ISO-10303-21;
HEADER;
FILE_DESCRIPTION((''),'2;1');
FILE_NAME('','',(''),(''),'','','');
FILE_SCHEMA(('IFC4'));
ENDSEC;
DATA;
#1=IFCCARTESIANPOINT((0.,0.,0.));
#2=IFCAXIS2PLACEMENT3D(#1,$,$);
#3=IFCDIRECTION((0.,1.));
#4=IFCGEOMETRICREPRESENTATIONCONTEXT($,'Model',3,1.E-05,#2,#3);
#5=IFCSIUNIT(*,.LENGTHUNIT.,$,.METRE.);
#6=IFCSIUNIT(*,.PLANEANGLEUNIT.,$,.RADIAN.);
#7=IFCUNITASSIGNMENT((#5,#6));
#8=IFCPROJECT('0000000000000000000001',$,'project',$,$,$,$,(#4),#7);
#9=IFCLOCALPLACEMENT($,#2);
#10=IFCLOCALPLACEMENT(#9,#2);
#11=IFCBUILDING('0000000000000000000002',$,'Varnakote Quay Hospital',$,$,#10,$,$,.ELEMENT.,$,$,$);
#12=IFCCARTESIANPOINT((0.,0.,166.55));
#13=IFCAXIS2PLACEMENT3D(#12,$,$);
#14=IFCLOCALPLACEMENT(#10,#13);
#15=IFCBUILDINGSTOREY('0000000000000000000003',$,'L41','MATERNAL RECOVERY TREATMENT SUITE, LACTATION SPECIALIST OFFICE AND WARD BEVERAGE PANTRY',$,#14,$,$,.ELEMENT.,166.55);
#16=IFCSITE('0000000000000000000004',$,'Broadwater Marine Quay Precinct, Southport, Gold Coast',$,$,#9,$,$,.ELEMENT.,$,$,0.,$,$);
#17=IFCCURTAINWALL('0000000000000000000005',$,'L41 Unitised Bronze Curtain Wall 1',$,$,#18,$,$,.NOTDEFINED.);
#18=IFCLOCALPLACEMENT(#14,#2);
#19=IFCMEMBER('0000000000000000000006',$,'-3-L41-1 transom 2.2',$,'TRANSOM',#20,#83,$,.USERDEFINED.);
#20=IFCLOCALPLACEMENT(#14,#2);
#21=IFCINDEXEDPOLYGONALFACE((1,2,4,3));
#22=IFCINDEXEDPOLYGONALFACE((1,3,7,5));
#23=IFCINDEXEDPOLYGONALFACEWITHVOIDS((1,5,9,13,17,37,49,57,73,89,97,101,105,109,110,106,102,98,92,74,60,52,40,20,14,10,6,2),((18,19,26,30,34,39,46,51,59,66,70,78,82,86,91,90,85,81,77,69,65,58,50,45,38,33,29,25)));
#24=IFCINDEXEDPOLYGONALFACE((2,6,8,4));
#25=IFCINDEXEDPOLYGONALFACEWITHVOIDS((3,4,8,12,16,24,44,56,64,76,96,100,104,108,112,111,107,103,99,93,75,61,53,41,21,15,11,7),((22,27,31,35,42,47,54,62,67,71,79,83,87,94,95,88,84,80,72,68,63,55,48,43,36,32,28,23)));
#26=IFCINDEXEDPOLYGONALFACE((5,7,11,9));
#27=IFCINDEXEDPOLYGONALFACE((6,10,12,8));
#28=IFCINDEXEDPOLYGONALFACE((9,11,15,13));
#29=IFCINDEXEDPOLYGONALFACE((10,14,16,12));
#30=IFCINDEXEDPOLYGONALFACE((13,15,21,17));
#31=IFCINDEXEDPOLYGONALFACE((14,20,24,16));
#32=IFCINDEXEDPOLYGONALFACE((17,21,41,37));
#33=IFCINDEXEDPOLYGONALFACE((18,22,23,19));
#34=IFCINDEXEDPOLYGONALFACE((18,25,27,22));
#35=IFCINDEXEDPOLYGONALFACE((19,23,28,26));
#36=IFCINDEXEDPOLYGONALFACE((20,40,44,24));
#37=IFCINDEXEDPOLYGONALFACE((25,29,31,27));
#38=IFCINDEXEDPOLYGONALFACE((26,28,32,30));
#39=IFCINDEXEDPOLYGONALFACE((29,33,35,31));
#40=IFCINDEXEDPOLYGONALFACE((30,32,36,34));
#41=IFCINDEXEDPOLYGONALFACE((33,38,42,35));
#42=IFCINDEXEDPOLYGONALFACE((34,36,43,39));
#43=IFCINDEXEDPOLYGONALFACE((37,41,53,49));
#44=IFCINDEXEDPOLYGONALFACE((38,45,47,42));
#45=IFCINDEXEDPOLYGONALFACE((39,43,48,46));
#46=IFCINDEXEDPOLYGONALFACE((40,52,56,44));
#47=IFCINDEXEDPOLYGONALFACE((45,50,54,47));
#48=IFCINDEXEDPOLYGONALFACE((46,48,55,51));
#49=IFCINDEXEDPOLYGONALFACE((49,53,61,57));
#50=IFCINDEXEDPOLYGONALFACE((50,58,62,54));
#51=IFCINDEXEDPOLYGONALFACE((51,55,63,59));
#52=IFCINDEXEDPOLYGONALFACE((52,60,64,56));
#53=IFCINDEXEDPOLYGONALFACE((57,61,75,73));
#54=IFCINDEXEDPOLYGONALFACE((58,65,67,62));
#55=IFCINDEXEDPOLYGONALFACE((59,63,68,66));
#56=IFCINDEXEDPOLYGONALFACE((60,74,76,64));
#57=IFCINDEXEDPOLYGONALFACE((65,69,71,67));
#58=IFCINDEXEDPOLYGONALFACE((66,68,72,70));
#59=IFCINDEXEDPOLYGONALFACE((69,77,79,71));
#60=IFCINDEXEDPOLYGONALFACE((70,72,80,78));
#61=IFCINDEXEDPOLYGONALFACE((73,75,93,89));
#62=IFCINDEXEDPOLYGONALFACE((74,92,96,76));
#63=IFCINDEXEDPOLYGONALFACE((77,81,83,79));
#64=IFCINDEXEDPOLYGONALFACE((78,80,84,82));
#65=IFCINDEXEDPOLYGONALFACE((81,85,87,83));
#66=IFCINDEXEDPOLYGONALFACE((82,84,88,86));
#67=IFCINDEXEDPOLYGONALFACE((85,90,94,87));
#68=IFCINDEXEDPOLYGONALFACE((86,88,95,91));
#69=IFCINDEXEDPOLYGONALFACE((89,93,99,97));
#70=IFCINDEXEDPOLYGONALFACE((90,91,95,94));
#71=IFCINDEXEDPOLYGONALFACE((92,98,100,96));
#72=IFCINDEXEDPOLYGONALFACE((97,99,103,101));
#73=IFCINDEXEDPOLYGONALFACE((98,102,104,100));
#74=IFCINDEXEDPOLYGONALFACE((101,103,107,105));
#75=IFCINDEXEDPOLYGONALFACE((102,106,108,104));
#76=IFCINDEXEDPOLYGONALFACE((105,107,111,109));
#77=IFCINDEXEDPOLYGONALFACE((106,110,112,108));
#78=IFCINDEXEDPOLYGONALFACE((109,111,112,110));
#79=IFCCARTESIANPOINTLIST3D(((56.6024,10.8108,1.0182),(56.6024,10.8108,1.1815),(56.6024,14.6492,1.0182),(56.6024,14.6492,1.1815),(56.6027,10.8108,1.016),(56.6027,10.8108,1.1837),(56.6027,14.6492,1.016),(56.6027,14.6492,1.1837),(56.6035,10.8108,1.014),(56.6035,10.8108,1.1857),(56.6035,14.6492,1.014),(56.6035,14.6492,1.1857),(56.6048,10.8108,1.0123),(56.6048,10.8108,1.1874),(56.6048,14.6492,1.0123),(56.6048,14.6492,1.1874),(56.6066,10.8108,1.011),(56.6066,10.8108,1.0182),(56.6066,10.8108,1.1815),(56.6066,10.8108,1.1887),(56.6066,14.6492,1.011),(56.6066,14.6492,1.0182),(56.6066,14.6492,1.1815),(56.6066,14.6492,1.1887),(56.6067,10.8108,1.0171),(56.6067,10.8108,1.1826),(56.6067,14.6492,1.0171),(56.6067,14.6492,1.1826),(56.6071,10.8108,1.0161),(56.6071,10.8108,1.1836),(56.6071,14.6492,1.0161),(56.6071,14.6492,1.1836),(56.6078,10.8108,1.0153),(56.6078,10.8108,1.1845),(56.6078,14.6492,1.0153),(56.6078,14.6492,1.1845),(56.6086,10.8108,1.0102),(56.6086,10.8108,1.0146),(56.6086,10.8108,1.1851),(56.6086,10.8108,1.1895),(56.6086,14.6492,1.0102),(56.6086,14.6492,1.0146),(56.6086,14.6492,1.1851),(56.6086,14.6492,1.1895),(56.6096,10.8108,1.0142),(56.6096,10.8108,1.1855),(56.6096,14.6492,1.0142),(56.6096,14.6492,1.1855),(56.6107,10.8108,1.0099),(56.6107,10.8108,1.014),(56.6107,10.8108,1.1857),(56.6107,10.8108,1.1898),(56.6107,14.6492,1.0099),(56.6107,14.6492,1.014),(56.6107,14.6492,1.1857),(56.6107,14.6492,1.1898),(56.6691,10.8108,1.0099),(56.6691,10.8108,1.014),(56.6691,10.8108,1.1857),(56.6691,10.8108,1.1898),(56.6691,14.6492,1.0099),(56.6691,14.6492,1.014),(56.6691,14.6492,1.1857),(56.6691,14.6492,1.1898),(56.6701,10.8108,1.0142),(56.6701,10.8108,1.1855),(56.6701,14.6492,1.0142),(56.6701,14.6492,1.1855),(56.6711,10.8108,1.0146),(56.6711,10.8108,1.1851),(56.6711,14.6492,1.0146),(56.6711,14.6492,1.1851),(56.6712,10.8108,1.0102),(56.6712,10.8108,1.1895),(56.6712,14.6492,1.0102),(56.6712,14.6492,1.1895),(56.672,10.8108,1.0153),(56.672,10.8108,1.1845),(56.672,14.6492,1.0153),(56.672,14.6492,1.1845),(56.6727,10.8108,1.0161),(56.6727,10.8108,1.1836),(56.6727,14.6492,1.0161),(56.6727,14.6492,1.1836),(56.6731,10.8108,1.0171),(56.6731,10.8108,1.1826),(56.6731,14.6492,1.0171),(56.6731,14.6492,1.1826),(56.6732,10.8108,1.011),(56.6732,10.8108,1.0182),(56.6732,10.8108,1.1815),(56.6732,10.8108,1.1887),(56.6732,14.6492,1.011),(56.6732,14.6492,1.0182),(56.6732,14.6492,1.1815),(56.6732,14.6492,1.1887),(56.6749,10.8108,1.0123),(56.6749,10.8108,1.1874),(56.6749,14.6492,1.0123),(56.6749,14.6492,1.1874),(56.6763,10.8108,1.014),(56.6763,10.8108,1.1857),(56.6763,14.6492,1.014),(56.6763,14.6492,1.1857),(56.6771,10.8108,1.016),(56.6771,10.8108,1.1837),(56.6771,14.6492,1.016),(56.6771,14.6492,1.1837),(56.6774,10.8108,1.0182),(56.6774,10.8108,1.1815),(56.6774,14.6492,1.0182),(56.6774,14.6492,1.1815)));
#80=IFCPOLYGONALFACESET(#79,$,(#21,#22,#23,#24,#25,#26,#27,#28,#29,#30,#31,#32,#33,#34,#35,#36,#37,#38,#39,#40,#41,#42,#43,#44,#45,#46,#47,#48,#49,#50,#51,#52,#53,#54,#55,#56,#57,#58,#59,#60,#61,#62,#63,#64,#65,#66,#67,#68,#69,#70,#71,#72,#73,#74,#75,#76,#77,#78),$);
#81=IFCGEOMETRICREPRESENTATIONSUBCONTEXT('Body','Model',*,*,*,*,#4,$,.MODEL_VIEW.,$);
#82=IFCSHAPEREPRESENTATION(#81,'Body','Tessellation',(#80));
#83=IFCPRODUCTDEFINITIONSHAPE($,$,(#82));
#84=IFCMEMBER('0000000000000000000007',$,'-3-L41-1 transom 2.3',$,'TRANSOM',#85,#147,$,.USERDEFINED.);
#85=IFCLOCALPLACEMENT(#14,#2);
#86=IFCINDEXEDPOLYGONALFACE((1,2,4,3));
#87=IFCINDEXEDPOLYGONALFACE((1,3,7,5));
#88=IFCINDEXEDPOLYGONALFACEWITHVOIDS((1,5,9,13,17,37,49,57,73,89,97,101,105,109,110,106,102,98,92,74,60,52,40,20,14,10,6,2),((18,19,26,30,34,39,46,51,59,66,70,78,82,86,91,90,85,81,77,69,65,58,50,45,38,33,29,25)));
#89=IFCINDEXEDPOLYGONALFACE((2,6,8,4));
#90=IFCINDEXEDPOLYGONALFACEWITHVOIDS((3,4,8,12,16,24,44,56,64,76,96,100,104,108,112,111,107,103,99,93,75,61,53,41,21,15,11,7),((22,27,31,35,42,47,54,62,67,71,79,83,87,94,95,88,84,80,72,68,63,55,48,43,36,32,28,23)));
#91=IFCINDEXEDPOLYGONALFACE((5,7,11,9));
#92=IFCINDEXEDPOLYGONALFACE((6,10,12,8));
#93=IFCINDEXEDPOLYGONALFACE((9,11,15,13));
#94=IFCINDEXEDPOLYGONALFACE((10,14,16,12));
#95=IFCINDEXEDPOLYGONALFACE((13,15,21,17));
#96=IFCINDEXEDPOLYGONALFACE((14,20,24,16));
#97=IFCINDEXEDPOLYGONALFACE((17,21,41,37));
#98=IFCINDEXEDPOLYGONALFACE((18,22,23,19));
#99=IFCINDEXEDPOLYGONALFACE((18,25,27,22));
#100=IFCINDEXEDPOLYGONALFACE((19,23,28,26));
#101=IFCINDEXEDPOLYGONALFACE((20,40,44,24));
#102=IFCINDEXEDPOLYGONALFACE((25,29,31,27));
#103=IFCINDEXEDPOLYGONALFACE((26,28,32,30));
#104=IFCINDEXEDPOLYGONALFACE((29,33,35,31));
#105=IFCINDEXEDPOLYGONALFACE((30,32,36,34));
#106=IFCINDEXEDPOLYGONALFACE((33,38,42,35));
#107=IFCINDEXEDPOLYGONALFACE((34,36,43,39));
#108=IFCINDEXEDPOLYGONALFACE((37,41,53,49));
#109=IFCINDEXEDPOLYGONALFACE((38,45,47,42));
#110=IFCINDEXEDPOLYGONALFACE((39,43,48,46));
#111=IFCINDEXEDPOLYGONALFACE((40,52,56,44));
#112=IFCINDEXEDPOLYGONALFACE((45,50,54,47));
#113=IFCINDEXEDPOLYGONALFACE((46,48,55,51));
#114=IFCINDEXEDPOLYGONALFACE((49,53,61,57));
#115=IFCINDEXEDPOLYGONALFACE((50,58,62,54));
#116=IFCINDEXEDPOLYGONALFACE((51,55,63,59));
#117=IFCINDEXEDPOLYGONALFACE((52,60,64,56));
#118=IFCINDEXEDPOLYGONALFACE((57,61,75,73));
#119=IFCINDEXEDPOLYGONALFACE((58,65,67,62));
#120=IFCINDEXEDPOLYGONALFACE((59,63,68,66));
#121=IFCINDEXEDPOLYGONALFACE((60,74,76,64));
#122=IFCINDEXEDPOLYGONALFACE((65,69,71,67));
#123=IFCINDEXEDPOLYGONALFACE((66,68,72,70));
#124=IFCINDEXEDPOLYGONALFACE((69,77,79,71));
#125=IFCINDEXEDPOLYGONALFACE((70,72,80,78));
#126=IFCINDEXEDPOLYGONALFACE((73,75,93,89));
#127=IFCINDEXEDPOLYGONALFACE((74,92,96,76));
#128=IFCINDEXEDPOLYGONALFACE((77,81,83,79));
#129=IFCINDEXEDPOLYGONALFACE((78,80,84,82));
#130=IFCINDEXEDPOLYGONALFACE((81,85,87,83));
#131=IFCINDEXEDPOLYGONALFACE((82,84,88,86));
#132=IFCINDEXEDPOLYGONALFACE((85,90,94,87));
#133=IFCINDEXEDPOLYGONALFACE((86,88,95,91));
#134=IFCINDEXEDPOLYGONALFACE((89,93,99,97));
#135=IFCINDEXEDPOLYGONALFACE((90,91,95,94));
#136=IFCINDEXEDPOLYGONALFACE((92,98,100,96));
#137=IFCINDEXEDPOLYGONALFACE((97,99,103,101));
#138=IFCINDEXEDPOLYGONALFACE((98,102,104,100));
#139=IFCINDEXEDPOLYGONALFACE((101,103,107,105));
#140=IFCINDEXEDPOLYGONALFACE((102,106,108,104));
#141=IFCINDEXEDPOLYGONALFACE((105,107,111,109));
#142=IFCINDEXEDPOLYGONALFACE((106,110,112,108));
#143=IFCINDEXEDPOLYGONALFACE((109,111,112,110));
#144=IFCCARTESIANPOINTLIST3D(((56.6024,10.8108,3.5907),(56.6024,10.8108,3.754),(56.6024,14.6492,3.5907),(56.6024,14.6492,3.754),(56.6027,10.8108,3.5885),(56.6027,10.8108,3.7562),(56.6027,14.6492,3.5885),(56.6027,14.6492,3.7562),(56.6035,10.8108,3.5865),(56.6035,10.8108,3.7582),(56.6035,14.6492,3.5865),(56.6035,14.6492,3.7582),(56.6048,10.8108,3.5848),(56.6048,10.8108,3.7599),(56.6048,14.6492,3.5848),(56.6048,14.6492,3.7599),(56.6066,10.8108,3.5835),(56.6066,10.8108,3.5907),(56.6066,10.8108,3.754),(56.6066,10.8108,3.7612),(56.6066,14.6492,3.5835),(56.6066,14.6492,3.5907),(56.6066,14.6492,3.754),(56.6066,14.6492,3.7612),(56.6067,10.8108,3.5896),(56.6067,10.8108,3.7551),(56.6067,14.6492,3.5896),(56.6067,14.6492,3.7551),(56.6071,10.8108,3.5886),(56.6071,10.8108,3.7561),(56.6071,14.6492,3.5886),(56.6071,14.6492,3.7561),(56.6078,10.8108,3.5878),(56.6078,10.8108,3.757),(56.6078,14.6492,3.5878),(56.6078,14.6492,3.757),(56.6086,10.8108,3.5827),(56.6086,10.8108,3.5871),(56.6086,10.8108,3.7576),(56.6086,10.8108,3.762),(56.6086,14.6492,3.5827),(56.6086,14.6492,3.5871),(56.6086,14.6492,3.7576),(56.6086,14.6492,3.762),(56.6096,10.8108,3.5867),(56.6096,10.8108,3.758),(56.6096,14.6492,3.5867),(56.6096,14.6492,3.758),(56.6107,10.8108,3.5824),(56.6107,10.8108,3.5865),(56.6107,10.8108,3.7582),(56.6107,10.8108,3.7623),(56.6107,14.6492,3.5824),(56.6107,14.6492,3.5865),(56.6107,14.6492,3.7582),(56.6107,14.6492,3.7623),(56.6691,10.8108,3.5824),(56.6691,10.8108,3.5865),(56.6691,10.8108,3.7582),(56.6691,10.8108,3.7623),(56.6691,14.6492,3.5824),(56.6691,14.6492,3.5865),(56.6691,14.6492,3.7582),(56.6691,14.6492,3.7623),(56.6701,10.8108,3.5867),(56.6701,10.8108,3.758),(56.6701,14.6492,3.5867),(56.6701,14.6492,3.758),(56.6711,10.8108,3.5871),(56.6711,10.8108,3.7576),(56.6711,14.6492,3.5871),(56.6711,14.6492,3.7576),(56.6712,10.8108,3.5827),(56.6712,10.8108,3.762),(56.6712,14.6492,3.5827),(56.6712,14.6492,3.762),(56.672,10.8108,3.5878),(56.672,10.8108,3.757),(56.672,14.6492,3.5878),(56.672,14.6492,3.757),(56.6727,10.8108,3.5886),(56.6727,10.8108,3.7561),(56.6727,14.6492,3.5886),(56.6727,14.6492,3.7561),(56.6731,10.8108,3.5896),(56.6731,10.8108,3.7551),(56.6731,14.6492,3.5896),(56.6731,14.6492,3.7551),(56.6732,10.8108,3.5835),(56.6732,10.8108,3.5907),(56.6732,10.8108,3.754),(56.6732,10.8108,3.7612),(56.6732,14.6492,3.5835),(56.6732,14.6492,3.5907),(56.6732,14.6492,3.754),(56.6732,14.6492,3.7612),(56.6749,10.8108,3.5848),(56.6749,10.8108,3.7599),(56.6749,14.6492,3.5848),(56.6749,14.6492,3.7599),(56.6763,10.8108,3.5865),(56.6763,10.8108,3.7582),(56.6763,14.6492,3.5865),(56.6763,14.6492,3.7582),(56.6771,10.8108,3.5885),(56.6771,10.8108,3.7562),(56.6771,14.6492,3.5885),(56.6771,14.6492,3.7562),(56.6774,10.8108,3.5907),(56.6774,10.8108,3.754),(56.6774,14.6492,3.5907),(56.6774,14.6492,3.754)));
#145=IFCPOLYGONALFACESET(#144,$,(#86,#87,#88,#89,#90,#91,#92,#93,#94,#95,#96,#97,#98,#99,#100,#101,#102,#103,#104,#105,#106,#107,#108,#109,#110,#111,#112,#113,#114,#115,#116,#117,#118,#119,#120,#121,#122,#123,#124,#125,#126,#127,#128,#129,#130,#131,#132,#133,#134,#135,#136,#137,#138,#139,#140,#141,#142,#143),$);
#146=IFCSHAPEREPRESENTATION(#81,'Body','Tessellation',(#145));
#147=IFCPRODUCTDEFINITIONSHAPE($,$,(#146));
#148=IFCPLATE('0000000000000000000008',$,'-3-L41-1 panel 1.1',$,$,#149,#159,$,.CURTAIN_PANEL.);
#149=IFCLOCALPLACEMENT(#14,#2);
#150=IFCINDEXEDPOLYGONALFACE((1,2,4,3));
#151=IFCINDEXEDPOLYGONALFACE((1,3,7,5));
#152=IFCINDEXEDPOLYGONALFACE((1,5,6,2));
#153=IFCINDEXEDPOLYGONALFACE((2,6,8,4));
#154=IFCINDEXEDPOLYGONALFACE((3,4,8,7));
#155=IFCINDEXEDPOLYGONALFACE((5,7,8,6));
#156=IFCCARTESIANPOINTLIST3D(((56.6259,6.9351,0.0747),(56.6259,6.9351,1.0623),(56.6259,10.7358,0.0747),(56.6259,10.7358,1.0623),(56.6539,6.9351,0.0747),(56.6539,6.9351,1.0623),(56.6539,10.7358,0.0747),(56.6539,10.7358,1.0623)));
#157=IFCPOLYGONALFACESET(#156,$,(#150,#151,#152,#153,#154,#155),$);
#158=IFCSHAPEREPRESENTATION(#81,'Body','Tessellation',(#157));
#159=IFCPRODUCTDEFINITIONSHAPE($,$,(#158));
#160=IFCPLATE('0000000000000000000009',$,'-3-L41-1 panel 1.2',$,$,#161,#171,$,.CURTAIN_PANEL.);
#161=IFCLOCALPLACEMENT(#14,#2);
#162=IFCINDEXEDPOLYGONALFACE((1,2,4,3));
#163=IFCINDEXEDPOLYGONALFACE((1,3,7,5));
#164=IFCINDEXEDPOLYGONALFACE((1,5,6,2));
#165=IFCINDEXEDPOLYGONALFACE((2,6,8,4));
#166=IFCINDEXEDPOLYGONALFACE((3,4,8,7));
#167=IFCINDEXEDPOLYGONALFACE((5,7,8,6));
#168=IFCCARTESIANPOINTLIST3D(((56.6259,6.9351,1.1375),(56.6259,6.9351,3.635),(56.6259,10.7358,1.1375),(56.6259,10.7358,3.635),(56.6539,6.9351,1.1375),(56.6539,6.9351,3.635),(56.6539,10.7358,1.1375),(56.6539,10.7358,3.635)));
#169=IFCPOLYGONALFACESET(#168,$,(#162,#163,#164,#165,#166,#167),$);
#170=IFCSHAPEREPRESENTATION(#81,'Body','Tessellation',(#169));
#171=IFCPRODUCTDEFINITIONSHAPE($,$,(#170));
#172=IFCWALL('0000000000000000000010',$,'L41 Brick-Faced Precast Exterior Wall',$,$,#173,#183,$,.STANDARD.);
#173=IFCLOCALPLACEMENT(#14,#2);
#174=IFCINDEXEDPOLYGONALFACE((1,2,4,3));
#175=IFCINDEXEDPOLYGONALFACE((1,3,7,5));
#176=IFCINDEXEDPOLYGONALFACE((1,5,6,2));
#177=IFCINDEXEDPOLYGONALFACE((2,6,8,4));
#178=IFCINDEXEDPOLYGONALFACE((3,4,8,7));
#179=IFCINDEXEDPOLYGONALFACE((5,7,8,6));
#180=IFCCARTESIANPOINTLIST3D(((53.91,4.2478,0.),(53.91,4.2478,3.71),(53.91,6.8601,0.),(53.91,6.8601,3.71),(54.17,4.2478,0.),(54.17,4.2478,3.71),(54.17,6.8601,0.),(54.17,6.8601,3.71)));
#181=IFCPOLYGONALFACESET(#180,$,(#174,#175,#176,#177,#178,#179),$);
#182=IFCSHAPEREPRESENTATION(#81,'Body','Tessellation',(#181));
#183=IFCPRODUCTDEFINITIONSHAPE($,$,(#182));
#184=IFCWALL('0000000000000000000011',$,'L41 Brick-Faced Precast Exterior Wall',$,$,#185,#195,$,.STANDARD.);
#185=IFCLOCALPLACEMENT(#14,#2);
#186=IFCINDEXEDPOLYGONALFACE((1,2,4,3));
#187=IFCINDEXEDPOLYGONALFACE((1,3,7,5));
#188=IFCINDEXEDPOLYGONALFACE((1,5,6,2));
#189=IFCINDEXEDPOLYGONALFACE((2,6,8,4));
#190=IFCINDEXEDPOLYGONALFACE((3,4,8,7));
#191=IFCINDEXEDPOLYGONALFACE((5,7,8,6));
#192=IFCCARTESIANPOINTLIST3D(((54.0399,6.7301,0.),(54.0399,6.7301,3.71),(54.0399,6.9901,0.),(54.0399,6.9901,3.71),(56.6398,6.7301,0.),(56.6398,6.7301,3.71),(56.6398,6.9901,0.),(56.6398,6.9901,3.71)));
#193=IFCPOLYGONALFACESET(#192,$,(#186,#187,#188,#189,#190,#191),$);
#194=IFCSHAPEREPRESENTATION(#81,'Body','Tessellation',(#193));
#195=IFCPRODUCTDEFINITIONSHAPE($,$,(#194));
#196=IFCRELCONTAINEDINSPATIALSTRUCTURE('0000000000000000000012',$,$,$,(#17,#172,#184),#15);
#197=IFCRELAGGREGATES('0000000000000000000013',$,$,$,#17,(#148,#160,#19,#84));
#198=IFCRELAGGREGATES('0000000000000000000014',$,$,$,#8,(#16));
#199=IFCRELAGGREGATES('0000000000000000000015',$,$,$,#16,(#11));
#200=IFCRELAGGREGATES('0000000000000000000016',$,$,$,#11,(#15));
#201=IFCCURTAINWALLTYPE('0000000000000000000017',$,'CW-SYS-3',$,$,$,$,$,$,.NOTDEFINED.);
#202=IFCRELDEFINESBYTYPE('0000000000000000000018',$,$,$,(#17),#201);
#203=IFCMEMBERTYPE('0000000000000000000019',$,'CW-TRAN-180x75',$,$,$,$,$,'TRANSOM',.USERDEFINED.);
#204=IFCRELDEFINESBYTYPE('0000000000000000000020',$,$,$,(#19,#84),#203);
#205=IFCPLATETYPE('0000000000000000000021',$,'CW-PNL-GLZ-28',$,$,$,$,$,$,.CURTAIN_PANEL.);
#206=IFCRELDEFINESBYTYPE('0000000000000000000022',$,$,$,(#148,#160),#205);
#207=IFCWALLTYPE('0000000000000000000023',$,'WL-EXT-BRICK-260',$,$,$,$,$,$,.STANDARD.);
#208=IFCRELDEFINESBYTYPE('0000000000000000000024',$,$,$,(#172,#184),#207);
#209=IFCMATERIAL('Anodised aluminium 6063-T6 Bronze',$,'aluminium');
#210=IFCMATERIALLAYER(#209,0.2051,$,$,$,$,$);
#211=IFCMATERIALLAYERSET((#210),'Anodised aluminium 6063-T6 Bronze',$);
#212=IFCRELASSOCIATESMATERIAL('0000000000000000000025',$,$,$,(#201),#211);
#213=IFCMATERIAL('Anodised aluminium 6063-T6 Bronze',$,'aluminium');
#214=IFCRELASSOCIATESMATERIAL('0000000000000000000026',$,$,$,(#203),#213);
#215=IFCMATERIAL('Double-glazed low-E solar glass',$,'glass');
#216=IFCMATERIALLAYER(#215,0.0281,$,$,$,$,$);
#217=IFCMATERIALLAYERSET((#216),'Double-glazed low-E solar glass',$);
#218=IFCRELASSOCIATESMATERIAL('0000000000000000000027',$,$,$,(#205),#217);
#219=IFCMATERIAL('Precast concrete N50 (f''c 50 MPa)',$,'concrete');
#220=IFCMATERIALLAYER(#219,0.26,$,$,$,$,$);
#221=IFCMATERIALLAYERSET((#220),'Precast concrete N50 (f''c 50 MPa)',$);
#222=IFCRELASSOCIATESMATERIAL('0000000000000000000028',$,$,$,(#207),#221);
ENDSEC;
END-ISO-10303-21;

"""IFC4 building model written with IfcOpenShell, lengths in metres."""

from ifc_helpers import new_model, si_unit, direction, frame, frame_2d, origin, origin_2d, place, context, subcontext, project, spatial, rectangle, hollow_rectangle, extrude, material, layer, layer_set, material_profile, profile_set, type_object, element, aggregate, save


model = new_model("IFC4")

# Units and contexts
model_context = context("Model", 3, precision=1e-05, world=origin(), true_north=direction((0.0, 1.0)))
body_context = subcontext(model_context, "Body", "Model", "MODEL_VIEW")
ifc_project = project(units=[si_unit("LENGTHUNIT", "METRE"), si_unit("PLANEANGLEUNIT", "RADIAN")], contexts=[model_context])

# Site, building, storey
site_placement = place(None, origin())
site = spatial("IfcSite", under=ifc_project, at=site_placement, Name="Broadwater Marine Quay Precinct, Southport, Gold Coast", CompositionType="ELEMENT", RefElevation=0.0)
building_placement = place(site_placement, origin())
building = spatial("IfcBuilding", under=site, at=building_placement, Name="Varnakote Quay Hospital", CompositionType="ELEMENT")
storey_placement = place(building_placement, frame((0.0, 0.0, 166.55)))
storey = spatial("IfcBuildingStorey", under=building, at=storey_placement, Name="L41", Description="MATERNAL RECOVERY TREATMENT SUITE, LACTATION SPECIALIST OFFICE AND WARD BEVERAGE PANTRY", CompositionType="ELEMENT", Elevation=166.55)

# Curtain wall, members, plates
ifc_material_1 = material(Name="Anodised aluminium 6063-T6 Bronze", Category="aluminium")
ifc_layer_1 = layer(ifc_material_1, 0.2051)
ifc_layer_set_1 = layer_set([ifc_layer_1], Name="Anodised aluminium 6063-T6 Bronze")
curtain_wall_type = type_object("IfcCurtainWallType", Name="CW-SYS-3", PredefinedType="NOTDEFINED", material=ifc_layer_set_1)
curtain_wall_placement = place(storey_placement, origin())
curtain_wall = element("IfcCurtainWall", 1, at=curtain_wall_placement, inside=storey, type_object=curtain_wall_type, Name="L41 Unitised Bronze Curtain Wall 1", PredefinedType="NOTDEFINED")
ifc_material_2 = material(Name="Anodised aluminium 6063-T6 Bronze", Category="aluminium")
ifc_material_profile_1 = material_profile(ifc_material_2, hollow_rectangle(XDim=0.075, YDim=0.1799, WallThickness=0.0042, InnerFilletRadius=0.0042, OuterFilletRadius=0.0083, at=origin_2d()), Name="CW-TRAN-180x75")
ifc_profile_set_1 = profile_set([ifc_material_profile_1], Name="Anodised aluminium 6063-T6 Bronze")
member_type_1 = type_object("IfcMemberType", Name="CW-TRAN-180x75", ElementType="TRANSOM", PredefinedType="USERDEFINED", material=ifc_profile_set_1)
member_1_placement = place(storey_placement, frame((56.6399, 10.8108, 1.0999), z_axis=(0.0, 1.0, 0.0), x_axis=(-1.0, 0.0, 0.0)))
member_1 = element("IfcMember", 2, at=member_1_placement, type_object=member_type_1, Name="-3-L41-1 transom 2.2", ObjectType="TRANSOM", PredefinedType="USERDEFINED", context=body_context, shape_type="SweptSolid", body=[
    extrude(hollow_rectangle(XDim=0.075, YDim=0.1799, WallThickness=0.0042, InnerFilletRadius=0.0042, OuterFilletRadius=0.0083, at=origin_2d()), origin(), (0.0, 0.0, 1.0), 3.8384),
])
member_2_placement = place(storey_placement, frame((56.6399, 10.8108, 3.6724), z_axis=(0.0, 1.0, 0.0), x_axis=(-1.0, 0.0, 0.0)))
member_2 = element("IfcMember", 3, at=member_2_placement, type_object=member_type_1, Name="-3-L41-1 transom 2.3", ObjectType="TRANSOM", PredefinedType="USERDEFINED", context=body_context, shape_type="SweptSolid", body=[
    extrude(hollow_rectangle(XDim=0.075, YDim=0.1799, WallThickness=0.0042, InnerFilletRadius=0.0042, OuterFilletRadius=0.0083, at=origin_2d()), origin(), (0.0, 0.0, 1.0), 3.8384),
])
ifc_material_3 = material(Name="Double-glazed low-E solar glass", Category="glass")
ifc_layer_2 = layer(ifc_material_3, 0.0281)
ifc_layer_set_2 = layer_set([ifc_layer_2], Name="Double-glazed low-E solar glass")
plate_type = type_object("IfcPlateType", Name="CW-PNL-GLZ-28", PredefinedType="CURTAIN_PANEL", material=ifc_layer_set_2)
plate_1_placement = place(storey_placement, frame((56.6399, 8.8354, 0.0747), z_axis=(0.0, 0.0, 1.0), x_axis=(0.0, 1.0, 0.0)))
plate_1 = element("IfcPlate", 4, at=plate_1_placement, type_object=plate_type, Name="-3-L41-1 panel 1.1", PredefinedType="CURTAIN_PANEL", context=body_context, shape_type="SweptSolid", body=[
    extrude(rectangle(XDim=3.8008, YDim=0.0281, at=origin_2d()), origin(), (0.0, 0.0, 1.0), 0.9875),
])
plate_2_placement = place(storey_placement, frame((56.6399, 8.8354, 1.1375), z_axis=(0.0, 0.0, 1.0), x_axis=(0.0, 1.0, 0.0)))
plate_2 = element("IfcPlate", 5, at=plate_2_placement, type_object=plate_type, Name="-3-L41-1 panel 1.2", PredefinedType="CURTAIN_PANEL", context=body_context, shape_type="SweptSolid", body=[
    extrude(rectangle(XDim=3.8008, YDim=0.0281, at=origin_2d()), origin(), (0.0, 0.0, 1.0), 2.4976),
])
aggregate(curtain_wall, [plate_1, plate_2, member_1, member_2])

# Walls
ifc_material_4 = material(Name="Precast concrete N50 (f'c 50 MPa)", Category="concrete")
ifc_layer_3 = layer(ifc_material_4, 0.26)
ifc_layer_set_3 = layer_set([ifc_layer_3], Name="Precast concrete N50 (f'c 50 MPa)")
wall_type = type_object("IfcWallType", Name="WL-EXT-BRICK-260", PredefinedType="STANDARD", material=ifc_layer_set_3)
wall_1_placement = place(storey_placement, frame((54.04, 4.2478, 0.0), z_axis=(0.0, 0.0, 1.0), x_axis=(0.0, 1.0, 0.0)))
element("IfcWall", 6, at=wall_1_placement, inside=storey, type_object=wall_type, Name="L41 Brick-Faced Precast Exterior Wall", PredefinedType="STANDARD", context=body_context, shape_type="SweptSolid", body=[
    extrude(rectangle(XDim=2.6123, YDim=0.26, at=frame_2d((1.3062, 0.0))), origin(), (0.0, 0.0, 1.0), 3.71),
])
wall_2_placement = place(storey_placement, frame((54.04, 6.8601, 0.0), z_axis=(0.0, 0.0, 1.0), x_axis=(1.0, 0.0, 0.0)))
element("IfcWall", 7, at=wall_2_placement, inside=storey, type_object=wall_type, Name="L41 Brick-Faced Precast Exterior Wall", PredefinedType="STANDARD", context=body_context, shape_type="SweptSolid", body=[
    extrude(rectangle(XDim=2.5999, YDim=0.26, at=frame_2d((1.2998, 0.0))), origin(), (0.0, 0.0, 1.0), 3.71),
])

save(model, "model.ifc")
